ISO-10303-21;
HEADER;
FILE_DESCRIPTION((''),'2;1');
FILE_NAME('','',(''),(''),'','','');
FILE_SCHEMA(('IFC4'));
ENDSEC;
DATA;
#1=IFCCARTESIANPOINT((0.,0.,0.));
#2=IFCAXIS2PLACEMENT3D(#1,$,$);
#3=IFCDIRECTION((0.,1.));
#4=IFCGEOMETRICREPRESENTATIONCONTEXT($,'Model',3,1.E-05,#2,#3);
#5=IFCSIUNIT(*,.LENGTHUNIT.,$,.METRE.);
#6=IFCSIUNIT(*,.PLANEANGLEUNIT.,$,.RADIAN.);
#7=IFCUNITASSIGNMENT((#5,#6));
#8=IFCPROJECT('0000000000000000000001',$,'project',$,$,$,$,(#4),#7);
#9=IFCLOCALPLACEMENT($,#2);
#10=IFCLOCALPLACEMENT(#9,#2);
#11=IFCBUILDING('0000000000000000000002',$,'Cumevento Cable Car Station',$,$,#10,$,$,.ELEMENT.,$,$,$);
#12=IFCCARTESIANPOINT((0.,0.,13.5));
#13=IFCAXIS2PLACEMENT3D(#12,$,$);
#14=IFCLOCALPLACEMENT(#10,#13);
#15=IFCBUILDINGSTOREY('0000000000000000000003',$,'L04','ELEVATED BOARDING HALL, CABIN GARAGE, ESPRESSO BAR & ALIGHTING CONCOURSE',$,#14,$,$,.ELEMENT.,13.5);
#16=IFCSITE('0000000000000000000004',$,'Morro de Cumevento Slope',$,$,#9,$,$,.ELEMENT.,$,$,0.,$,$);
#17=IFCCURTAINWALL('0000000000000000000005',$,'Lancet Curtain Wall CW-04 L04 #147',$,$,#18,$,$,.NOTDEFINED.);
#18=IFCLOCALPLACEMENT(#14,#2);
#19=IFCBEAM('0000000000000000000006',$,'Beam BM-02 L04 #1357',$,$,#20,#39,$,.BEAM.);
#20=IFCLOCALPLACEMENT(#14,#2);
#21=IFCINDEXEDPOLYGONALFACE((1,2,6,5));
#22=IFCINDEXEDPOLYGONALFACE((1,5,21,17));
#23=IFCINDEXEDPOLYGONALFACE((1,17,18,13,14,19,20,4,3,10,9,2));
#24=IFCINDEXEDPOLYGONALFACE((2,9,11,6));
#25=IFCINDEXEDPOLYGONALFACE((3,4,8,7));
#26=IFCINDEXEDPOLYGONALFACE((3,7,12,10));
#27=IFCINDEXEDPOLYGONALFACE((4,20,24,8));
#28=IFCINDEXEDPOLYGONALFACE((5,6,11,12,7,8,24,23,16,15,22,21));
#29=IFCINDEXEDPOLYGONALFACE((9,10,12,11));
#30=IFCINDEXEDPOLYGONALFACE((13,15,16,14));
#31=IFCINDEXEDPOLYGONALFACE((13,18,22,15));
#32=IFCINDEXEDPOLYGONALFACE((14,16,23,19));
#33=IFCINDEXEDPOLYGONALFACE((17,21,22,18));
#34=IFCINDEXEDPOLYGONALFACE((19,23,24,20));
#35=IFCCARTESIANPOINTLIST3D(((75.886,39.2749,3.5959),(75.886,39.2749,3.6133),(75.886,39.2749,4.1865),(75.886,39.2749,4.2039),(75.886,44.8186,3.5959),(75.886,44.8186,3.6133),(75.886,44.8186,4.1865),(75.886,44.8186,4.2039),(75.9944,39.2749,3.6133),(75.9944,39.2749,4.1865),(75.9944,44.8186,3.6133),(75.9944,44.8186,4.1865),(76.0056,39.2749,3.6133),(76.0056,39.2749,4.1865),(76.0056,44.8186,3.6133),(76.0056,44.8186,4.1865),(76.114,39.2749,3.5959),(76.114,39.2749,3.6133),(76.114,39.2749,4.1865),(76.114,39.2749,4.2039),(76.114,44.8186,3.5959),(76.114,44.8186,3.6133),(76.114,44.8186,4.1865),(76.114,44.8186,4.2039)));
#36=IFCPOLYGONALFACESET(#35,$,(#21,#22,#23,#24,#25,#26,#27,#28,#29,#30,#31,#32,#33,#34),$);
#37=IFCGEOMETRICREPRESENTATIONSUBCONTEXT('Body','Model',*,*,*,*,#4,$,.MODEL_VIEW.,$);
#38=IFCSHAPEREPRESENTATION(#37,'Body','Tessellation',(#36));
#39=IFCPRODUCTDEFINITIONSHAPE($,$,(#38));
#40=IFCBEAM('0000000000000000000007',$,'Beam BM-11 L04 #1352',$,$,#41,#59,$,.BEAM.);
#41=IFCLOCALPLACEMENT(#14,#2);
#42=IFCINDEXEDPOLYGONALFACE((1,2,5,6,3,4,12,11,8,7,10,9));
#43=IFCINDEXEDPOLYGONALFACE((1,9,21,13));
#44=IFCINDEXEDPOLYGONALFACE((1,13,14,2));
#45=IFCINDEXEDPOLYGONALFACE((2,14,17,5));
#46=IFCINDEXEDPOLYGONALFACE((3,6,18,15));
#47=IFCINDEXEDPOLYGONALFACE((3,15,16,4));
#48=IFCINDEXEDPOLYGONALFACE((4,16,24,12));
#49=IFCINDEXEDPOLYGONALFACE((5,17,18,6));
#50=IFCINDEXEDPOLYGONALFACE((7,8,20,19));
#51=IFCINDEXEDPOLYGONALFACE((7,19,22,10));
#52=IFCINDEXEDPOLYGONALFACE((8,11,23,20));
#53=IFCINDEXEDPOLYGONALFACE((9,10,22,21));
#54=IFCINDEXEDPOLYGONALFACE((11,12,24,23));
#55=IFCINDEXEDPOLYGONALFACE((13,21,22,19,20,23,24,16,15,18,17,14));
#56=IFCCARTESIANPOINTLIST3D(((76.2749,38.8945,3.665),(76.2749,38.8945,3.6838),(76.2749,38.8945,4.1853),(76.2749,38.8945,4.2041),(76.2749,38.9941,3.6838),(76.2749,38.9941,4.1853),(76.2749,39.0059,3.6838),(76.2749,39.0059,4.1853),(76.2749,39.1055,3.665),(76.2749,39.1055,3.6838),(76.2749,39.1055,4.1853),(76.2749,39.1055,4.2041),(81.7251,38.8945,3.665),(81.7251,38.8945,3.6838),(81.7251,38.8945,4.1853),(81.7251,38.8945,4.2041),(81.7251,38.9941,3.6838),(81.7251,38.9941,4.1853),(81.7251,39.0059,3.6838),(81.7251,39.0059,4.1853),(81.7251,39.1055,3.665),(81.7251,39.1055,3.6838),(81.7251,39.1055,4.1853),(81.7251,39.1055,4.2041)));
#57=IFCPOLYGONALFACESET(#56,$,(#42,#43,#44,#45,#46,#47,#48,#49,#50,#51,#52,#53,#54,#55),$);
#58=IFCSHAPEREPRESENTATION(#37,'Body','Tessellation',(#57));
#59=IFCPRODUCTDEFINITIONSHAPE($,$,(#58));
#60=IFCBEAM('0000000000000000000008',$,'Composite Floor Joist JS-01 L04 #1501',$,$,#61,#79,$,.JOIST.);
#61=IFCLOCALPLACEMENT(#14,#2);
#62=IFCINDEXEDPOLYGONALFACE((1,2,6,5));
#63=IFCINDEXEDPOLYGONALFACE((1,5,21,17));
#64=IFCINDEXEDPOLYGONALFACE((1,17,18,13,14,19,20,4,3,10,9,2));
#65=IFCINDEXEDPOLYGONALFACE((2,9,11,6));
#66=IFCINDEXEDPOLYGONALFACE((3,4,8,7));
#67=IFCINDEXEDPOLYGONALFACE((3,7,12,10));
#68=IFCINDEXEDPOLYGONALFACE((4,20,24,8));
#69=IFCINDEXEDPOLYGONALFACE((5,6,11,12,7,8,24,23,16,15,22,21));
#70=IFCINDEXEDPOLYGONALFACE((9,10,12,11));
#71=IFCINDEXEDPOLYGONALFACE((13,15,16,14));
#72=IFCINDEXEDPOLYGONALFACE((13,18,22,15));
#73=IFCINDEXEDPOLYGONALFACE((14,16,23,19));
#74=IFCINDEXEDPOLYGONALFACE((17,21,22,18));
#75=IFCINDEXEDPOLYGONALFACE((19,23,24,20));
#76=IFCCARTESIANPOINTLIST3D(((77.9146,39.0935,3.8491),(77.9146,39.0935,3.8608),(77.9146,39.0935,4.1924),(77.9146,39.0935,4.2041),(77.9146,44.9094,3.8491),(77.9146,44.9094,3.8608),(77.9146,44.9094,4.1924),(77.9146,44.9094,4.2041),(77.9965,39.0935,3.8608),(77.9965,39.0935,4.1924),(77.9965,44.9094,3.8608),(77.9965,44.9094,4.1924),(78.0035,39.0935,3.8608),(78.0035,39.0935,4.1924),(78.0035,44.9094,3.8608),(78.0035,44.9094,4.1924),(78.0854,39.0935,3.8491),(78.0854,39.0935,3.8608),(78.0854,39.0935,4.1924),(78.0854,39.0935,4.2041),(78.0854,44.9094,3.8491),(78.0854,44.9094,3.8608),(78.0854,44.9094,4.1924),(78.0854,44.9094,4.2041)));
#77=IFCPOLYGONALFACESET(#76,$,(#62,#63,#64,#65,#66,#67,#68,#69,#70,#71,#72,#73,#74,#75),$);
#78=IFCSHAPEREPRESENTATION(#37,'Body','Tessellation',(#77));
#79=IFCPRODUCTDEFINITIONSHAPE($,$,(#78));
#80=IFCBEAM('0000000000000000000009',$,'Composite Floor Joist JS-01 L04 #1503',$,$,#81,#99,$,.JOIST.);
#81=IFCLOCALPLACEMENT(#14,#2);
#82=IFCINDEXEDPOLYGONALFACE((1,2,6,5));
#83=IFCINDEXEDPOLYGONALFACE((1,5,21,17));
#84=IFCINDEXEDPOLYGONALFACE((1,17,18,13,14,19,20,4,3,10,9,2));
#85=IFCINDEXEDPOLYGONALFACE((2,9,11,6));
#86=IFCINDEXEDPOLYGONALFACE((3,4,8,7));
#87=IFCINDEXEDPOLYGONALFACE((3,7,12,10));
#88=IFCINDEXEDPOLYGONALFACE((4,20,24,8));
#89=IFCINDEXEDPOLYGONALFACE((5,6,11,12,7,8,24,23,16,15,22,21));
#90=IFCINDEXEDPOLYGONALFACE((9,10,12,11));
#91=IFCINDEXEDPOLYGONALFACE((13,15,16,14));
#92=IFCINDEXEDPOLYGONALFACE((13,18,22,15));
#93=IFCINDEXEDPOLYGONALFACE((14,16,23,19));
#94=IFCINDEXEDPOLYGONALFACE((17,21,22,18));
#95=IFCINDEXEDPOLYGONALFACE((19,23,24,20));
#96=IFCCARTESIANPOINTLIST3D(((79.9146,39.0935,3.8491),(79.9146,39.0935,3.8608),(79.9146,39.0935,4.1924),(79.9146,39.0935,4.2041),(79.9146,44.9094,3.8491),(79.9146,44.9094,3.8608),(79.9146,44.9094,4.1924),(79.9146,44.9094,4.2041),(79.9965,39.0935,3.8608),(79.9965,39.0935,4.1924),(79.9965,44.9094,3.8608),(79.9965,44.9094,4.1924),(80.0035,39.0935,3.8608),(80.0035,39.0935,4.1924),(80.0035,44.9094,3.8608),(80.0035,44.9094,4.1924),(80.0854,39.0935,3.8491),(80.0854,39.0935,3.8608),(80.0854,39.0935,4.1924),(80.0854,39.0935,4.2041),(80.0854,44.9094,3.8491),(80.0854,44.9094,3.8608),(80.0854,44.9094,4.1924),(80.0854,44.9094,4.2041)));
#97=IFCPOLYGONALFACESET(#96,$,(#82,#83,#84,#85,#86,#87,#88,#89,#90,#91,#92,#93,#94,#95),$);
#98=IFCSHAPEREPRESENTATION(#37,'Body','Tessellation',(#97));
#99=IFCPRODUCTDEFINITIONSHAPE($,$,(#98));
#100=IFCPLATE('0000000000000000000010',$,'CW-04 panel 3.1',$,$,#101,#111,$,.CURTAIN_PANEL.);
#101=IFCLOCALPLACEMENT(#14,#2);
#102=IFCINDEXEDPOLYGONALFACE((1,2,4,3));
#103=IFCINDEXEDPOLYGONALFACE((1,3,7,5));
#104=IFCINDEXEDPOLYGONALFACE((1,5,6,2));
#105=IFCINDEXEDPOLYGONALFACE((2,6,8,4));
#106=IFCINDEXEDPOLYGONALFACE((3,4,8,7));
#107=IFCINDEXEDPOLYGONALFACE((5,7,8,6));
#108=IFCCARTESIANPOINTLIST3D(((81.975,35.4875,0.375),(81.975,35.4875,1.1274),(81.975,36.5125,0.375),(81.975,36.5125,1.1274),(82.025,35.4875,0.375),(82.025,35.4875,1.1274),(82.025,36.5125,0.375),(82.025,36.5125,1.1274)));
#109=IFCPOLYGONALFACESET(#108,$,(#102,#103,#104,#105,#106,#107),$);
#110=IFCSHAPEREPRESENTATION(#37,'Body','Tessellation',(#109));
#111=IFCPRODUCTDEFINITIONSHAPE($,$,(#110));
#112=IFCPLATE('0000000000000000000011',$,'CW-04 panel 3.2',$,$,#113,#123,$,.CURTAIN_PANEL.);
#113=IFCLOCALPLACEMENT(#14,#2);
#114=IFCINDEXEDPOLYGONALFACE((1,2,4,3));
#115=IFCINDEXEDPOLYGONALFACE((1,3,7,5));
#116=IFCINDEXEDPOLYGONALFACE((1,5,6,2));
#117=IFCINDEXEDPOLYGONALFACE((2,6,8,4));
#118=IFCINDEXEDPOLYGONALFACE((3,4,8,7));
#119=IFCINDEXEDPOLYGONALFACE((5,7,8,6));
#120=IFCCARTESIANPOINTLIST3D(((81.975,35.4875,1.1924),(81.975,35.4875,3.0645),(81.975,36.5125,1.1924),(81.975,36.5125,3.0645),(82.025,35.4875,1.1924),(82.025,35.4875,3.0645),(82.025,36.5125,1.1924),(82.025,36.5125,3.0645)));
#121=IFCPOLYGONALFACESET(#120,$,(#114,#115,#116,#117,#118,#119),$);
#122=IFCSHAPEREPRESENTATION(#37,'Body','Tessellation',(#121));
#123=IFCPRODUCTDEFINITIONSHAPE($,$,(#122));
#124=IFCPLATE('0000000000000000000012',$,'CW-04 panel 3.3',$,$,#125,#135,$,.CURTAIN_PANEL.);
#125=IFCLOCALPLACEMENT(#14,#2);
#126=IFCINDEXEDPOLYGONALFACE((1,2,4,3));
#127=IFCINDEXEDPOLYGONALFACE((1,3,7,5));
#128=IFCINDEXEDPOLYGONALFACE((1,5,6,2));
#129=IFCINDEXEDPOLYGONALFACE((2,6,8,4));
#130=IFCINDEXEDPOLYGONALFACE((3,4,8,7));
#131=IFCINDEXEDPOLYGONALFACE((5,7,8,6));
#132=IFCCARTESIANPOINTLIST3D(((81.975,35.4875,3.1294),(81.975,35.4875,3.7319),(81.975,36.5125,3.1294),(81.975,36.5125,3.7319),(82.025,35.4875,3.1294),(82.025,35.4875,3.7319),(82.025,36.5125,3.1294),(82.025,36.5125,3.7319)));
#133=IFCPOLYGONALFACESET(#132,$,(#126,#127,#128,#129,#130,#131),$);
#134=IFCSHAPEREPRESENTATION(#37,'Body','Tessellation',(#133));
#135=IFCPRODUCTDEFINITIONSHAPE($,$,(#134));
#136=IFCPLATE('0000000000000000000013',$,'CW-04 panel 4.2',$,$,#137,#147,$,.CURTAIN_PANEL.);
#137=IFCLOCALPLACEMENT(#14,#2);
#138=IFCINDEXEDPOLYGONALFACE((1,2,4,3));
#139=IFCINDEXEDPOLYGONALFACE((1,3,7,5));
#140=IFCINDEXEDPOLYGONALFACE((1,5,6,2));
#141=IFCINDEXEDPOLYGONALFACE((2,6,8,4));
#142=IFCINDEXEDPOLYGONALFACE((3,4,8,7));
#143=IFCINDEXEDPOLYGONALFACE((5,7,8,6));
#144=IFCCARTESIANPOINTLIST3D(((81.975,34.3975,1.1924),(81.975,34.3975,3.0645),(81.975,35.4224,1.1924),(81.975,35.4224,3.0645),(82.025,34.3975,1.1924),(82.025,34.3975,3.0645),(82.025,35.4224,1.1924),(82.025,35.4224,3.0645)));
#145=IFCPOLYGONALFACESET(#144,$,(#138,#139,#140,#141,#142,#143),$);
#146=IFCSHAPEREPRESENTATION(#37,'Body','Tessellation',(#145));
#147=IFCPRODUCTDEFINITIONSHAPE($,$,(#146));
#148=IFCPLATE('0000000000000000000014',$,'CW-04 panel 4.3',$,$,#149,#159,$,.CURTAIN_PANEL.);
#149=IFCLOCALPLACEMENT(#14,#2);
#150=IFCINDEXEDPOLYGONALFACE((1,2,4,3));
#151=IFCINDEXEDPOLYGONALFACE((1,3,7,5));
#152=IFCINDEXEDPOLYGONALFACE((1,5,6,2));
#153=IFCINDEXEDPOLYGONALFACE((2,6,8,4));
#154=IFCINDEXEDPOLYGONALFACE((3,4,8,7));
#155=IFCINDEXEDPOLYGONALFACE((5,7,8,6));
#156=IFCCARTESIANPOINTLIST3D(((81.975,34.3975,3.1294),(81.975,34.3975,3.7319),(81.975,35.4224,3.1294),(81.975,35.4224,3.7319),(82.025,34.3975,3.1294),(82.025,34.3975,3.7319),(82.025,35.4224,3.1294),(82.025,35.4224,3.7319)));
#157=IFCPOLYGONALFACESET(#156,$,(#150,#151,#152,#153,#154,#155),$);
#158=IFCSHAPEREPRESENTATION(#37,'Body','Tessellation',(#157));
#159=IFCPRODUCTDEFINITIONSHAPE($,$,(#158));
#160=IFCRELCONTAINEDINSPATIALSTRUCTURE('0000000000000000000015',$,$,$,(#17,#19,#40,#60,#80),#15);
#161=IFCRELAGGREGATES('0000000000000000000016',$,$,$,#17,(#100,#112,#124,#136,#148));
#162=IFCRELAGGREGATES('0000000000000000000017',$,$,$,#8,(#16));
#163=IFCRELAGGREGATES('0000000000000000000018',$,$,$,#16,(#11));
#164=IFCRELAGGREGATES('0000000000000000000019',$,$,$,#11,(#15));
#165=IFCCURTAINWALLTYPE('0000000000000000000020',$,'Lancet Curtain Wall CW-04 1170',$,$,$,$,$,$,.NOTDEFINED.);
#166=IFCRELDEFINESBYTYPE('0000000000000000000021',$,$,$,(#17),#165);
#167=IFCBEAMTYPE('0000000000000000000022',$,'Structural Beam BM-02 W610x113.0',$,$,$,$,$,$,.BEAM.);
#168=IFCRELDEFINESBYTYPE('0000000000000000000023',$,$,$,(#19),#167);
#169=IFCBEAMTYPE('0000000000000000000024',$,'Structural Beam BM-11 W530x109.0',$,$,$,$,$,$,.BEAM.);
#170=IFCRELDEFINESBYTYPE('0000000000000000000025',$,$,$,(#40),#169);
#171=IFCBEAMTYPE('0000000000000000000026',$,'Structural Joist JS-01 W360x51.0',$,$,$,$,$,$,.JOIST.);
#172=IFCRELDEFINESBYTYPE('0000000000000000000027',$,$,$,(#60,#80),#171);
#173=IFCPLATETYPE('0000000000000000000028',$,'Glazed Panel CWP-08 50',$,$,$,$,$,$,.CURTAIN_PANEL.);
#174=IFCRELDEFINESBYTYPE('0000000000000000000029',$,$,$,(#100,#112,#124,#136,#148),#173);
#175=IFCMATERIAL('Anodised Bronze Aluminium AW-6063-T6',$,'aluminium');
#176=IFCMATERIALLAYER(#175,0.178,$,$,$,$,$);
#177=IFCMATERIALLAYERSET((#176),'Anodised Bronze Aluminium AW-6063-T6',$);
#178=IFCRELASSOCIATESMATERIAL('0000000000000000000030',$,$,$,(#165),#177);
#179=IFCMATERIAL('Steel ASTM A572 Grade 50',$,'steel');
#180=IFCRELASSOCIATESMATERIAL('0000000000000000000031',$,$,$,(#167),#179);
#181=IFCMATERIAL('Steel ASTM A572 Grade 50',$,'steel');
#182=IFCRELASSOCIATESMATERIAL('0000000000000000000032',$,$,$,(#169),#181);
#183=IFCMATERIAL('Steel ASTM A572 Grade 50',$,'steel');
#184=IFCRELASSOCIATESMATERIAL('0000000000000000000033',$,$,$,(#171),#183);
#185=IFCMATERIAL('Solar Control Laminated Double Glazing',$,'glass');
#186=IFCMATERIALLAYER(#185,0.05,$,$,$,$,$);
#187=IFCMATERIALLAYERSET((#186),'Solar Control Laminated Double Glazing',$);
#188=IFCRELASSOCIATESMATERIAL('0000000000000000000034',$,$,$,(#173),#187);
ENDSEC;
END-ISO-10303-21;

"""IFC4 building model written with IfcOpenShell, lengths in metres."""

from ifc_helpers import new_model, si_unit, direction, frame, origin, origin_2d, place, context, subcontext, project, spatial, rectangle, i_section, extrude, material, layer, layer_set, material_profile, profile_set, type_object, element, aggregate, save


model = new_model("IFC4")

# Units and contexts
model_context = context("Model", 3, precision=1e-05, world=origin(), true_north=direction((0.0, 1.0)))
body_context = subcontext(model_context, "Body", "Model", "MODEL_VIEW")
ifc_project = project(units=[si_unit("LENGTHUNIT", "METRE"), si_unit("PLANEANGLEUNIT", "RADIAN")], contexts=[model_context])

# Site, building, storey
site_placement = place(None, origin())
site = spatial("IfcSite", under=ifc_project, at=site_placement, Name="Morro de Cumevento Slope", CompositionType="ELEMENT", RefElevation=0.0)
building_placement = place(site_placement, origin())
building = spatial("IfcBuilding", under=site, at=building_placement, Name="Cumevento Cable Car Station", CompositionType="ELEMENT")
storey_placement = place(building_placement, frame((0.0, 0.0, 13.5)))
storey = spatial("IfcBuildingStorey", under=building, at=storey_placement, Name="L04", Description="ELEVATED BOARDING HALL, CABIN GARAGE, ESPRESSO BAR & ALIGHTING CONCOURSE", CompositionType="ELEMENT", Elevation=13.5)

# Curtain wall
ifc_material_1 = material(Name="Anodised Bronze Aluminium AW-6063-T6", Category="aluminium")
ifc_layer_1 = layer(ifc_material_1, 0.178)
ifc_layer_set_1 = layer_set([ifc_layer_1], Name="Anodised Bronze Aluminium AW-6063-T6")
curtain_wall_type = type_object("IfcCurtainWallType", Name="Lancet Curtain Wall CW-04 1170", PredefinedType="NOTDEFINED", material=ifc_layer_set_1)
curtain_wall_placement = place(storey_placement, origin())
curtain_wall = element("IfcCurtainWall", 1, at=curtain_wall_placement, inside=storey, type_object=curtain_wall_type, Name="Lancet Curtain Wall CW-04 L04 #147", PredefinedType="NOTDEFINED")

# Beams
ifc_material_2 = material(Name="Steel ASTM A572 Grade 50", Category="steel")
ifc_material_profile_1 = material_profile(ifc_material_2, i_section(OverallWidth=0.228, OverallDepth=0.6079, WebThickness=0.0112, FlangeThickness=0.0173, at=origin_2d()), Name="W610x113.0")
ifc_profile_set_1 = profile_set([ifc_material_profile_1], Name="Steel ASTM A572 Grade 50")
beam_type_1 = type_object("IfcBeamType", Name="Structural Beam BM-02 W610x113.0", PredefinedType="BEAM", material=ifc_profile_set_1)
beam_1_placement = place(storey_placement, frame((76.0, 39.2749, 3.8999), z_axis=(0.0, 1.0, 0.0), x_axis=(-1.0, 0.0, 0.0)))
element("IfcBeam", 2, at=beam_1_placement, inside=storey, type_object=beam_type_1, Name="Beam BM-02 L04 #1357", PredefinedType="BEAM", context=body_context, shape_type="SweptSolid", body=[
    extrude(i_section(OverallWidth=0.228, OverallDepth=0.6079, WebThickness=0.0112, FlangeThickness=0.0173, at=origin_2d()), origin(), (0.0, 0.0, 1.0), 5.5437),
])
ifc_material_3 = material(Name="Steel ASTM A572 Grade 50", Category="steel")
ifc_material_profile_2 = material_profile(ifc_material_3, i_section(OverallWidth=0.2109, OverallDepth=0.5391, WebThickness=0.0117, FlangeThickness=0.0188, at=origin_2d()), Name="W530x109.0")
ifc_profile_set_2 = profile_set([ifc_material_profile_2], Name="Steel ASTM A572 Grade 50")
beam_type_2 = type_object("IfcBeamType", Name="Structural Beam BM-11 W530x109.0", PredefinedType="BEAM", material=ifc_profile_set_2)
beam_2_placement = place(storey_placement, frame((76.2749, 39.0, 3.9346), z_axis=(1.0, 0.0, 0.0), x_axis=(0.0, 1.0, 0.0)))
element("IfcBeam", 3, at=beam_2_placement, inside=storey, type_object=beam_type_2, Name="Beam BM-11 L04 #1352", PredefinedType="BEAM", context=body_context, shape_type="SweptSolid", body=[
    extrude(i_section(OverallWidth=0.2109, OverallDepth=0.5391, WebThickness=0.0117, FlangeThickness=0.0188, at=origin_2d()), origin(), (0.0, 0.0, 1.0), 5.4502),
])
ifc_material_4 = material(Name="Steel ASTM A572 Grade 50", Category="steel")
ifc_material_profile_3 = material_profile(ifc_material_4, i_section(OverallWidth=0.1709, OverallDepth=0.355, WebThickness=0.0071, FlangeThickness=0.0117, at=origin_2d()), Name="W360x51.0")
ifc_profile_set_3 = profile_set([ifc_material_profile_3], Name="Steel ASTM A572 Grade 50")
beam_type_3 = type_object("IfcBeamType", Name="Structural Joist JS-01 W360x51.0", PredefinedType="JOIST", material=ifc_profile_set_3)
for number, where, z_axis, x_axis, name in (
    (4, (78.0, 39.0935, 4.0266), (0.0, 1.0, 0.0), (-1.0, 0.0, 0.0), "Composite Floor Joist JS-01 L04 #1501"),
    (5, (80.0, 39.0935, 4.0266), (0.0, 1.0, 0.0), (-1.0, 0.0, 0.0), "Composite Floor Joist JS-01 L04 #1503"),
):
    element("IfcBeam", number, at=place(storey_placement, frame(where, z_axis=z_axis, x_axis=x_axis)), inside=storey, type_object=beam_type_3, Name=name, PredefinedType="JOIST", context=body_context, shape_type="SweptSolid", body=[
        extrude(i_section(OverallWidth=0.1709, OverallDepth=0.355, WebThickness=0.0071, FlangeThickness=0.0117, at=origin_2d()), origin(), (0.0, 0.0, 1.0), 5.8159),
    ])

# Plates
ifc_material_5 = material(Name="Solar Control Laminated Double Glazing", Category="glass")
ifc_layer_2 = layer(ifc_material_5, 0.05)
ifc_layer_set_2 = layer_set([ifc_layer_2], Name="Solar Control Laminated Double Glazing")
plate_type = type_object("IfcPlateType", Name="Glazed Panel CWP-08 50", PredefinedType="CURTAIN_PANEL", material=ifc_layer_set_2)
plate_1_placement = place(storey_placement, frame((82.0, 36.0, 0.375), z_axis=(0.0, 0.0, 1.0), x_axis=(0.0, -1.0, 0.0)))
plate_1 = element("IfcPlate", 6, at=plate_1_placement, type_object=plate_type, Name="CW-04 panel 3.1", PredefinedType="CURTAIN_PANEL", context=body_context, shape_type="SweptSolid", body=[
    extrude(rectangle(XDim=1.0249, YDim=0.05, at=origin_2d()), origin(), (0.0, 0.0, 1.0), 0.7524),
])
plate_2_placement = place(storey_placement, frame((82.0, 36.0, 1.1924), z_axis=(0.0, 0.0, 1.0), x_axis=(0.0, -1.0, 0.0)))
plate_2 = element("IfcPlate", 7, at=plate_2_placement, type_object=plate_type, Name="CW-04 panel 3.2", PredefinedType="CURTAIN_PANEL", context=body_context, shape_type="SweptSolid", body=[
    extrude(rectangle(XDim=1.0249, YDim=0.05, at=origin_2d()), origin(), (0.0, 0.0, 1.0), 1.8721),
])
plate_3_placement = place(storey_placement, frame((82.0, 36.0, 3.1294), z_axis=(0.0, 0.0, 1.0), x_axis=(0.0, -1.0, 0.0)))
plate_3 = element("IfcPlate", 8, at=plate_3_placement, type_object=plate_type, Name="CW-04 panel 3.3", PredefinedType="CURTAIN_PANEL", context=body_context, shape_type="SweptSolid", body=[
    extrude(rectangle(XDim=1.0249, YDim=0.05, at=origin_2d()), origin(), (0.0, 0.0, 1.0), 0.6025),
])
plate_4_placement = place(storey_placement, frame((82.0, 34.9099, 1.1924), z_axis=(0.0, 0.0, 1.0), x_axis=(0.0, -1.0, 0.0)))
plate_4 = element("IfcPlate", 9, at=plate_4_placement, type_object=plate_type, Name="CW-04 panel 4.2", PredefinedType="CURTAIN_PANEL", context=body_context, shape_type="SweptSolid", body=[
    extrude(rectangle(XDim=1.0249, YDim=0.05, at=origin_2d()), origin(), (0.0, 0.0, 1.0), 1.8721),
])
plate_5_placement = place(storey_placement, frame((82.0, 34.9099, 3.1294), z_axis=(0.0, 0.0, 1.0), x_axis=(0.0, -1.0, 0.0)))
plate_5 = element("IfcPlate", 10, at=plate_5_placement, type_object=plate_type, Name="CW-04 panel 4.3", PredefinedType="CURTAIN_PANEL", context=body_context, shape_type="SweptSolid", body=[
    extrude(rectangle(XDim=1.0249, YDim=0.05, at=origin_2d()), origin(), (0.0, 0.0, 1.0), 0.6025),
])
aggregate(curtain_wall, [plate_1, plate_2, plate_3, plate_4, plate_5])

save(model, "model.ifc")
